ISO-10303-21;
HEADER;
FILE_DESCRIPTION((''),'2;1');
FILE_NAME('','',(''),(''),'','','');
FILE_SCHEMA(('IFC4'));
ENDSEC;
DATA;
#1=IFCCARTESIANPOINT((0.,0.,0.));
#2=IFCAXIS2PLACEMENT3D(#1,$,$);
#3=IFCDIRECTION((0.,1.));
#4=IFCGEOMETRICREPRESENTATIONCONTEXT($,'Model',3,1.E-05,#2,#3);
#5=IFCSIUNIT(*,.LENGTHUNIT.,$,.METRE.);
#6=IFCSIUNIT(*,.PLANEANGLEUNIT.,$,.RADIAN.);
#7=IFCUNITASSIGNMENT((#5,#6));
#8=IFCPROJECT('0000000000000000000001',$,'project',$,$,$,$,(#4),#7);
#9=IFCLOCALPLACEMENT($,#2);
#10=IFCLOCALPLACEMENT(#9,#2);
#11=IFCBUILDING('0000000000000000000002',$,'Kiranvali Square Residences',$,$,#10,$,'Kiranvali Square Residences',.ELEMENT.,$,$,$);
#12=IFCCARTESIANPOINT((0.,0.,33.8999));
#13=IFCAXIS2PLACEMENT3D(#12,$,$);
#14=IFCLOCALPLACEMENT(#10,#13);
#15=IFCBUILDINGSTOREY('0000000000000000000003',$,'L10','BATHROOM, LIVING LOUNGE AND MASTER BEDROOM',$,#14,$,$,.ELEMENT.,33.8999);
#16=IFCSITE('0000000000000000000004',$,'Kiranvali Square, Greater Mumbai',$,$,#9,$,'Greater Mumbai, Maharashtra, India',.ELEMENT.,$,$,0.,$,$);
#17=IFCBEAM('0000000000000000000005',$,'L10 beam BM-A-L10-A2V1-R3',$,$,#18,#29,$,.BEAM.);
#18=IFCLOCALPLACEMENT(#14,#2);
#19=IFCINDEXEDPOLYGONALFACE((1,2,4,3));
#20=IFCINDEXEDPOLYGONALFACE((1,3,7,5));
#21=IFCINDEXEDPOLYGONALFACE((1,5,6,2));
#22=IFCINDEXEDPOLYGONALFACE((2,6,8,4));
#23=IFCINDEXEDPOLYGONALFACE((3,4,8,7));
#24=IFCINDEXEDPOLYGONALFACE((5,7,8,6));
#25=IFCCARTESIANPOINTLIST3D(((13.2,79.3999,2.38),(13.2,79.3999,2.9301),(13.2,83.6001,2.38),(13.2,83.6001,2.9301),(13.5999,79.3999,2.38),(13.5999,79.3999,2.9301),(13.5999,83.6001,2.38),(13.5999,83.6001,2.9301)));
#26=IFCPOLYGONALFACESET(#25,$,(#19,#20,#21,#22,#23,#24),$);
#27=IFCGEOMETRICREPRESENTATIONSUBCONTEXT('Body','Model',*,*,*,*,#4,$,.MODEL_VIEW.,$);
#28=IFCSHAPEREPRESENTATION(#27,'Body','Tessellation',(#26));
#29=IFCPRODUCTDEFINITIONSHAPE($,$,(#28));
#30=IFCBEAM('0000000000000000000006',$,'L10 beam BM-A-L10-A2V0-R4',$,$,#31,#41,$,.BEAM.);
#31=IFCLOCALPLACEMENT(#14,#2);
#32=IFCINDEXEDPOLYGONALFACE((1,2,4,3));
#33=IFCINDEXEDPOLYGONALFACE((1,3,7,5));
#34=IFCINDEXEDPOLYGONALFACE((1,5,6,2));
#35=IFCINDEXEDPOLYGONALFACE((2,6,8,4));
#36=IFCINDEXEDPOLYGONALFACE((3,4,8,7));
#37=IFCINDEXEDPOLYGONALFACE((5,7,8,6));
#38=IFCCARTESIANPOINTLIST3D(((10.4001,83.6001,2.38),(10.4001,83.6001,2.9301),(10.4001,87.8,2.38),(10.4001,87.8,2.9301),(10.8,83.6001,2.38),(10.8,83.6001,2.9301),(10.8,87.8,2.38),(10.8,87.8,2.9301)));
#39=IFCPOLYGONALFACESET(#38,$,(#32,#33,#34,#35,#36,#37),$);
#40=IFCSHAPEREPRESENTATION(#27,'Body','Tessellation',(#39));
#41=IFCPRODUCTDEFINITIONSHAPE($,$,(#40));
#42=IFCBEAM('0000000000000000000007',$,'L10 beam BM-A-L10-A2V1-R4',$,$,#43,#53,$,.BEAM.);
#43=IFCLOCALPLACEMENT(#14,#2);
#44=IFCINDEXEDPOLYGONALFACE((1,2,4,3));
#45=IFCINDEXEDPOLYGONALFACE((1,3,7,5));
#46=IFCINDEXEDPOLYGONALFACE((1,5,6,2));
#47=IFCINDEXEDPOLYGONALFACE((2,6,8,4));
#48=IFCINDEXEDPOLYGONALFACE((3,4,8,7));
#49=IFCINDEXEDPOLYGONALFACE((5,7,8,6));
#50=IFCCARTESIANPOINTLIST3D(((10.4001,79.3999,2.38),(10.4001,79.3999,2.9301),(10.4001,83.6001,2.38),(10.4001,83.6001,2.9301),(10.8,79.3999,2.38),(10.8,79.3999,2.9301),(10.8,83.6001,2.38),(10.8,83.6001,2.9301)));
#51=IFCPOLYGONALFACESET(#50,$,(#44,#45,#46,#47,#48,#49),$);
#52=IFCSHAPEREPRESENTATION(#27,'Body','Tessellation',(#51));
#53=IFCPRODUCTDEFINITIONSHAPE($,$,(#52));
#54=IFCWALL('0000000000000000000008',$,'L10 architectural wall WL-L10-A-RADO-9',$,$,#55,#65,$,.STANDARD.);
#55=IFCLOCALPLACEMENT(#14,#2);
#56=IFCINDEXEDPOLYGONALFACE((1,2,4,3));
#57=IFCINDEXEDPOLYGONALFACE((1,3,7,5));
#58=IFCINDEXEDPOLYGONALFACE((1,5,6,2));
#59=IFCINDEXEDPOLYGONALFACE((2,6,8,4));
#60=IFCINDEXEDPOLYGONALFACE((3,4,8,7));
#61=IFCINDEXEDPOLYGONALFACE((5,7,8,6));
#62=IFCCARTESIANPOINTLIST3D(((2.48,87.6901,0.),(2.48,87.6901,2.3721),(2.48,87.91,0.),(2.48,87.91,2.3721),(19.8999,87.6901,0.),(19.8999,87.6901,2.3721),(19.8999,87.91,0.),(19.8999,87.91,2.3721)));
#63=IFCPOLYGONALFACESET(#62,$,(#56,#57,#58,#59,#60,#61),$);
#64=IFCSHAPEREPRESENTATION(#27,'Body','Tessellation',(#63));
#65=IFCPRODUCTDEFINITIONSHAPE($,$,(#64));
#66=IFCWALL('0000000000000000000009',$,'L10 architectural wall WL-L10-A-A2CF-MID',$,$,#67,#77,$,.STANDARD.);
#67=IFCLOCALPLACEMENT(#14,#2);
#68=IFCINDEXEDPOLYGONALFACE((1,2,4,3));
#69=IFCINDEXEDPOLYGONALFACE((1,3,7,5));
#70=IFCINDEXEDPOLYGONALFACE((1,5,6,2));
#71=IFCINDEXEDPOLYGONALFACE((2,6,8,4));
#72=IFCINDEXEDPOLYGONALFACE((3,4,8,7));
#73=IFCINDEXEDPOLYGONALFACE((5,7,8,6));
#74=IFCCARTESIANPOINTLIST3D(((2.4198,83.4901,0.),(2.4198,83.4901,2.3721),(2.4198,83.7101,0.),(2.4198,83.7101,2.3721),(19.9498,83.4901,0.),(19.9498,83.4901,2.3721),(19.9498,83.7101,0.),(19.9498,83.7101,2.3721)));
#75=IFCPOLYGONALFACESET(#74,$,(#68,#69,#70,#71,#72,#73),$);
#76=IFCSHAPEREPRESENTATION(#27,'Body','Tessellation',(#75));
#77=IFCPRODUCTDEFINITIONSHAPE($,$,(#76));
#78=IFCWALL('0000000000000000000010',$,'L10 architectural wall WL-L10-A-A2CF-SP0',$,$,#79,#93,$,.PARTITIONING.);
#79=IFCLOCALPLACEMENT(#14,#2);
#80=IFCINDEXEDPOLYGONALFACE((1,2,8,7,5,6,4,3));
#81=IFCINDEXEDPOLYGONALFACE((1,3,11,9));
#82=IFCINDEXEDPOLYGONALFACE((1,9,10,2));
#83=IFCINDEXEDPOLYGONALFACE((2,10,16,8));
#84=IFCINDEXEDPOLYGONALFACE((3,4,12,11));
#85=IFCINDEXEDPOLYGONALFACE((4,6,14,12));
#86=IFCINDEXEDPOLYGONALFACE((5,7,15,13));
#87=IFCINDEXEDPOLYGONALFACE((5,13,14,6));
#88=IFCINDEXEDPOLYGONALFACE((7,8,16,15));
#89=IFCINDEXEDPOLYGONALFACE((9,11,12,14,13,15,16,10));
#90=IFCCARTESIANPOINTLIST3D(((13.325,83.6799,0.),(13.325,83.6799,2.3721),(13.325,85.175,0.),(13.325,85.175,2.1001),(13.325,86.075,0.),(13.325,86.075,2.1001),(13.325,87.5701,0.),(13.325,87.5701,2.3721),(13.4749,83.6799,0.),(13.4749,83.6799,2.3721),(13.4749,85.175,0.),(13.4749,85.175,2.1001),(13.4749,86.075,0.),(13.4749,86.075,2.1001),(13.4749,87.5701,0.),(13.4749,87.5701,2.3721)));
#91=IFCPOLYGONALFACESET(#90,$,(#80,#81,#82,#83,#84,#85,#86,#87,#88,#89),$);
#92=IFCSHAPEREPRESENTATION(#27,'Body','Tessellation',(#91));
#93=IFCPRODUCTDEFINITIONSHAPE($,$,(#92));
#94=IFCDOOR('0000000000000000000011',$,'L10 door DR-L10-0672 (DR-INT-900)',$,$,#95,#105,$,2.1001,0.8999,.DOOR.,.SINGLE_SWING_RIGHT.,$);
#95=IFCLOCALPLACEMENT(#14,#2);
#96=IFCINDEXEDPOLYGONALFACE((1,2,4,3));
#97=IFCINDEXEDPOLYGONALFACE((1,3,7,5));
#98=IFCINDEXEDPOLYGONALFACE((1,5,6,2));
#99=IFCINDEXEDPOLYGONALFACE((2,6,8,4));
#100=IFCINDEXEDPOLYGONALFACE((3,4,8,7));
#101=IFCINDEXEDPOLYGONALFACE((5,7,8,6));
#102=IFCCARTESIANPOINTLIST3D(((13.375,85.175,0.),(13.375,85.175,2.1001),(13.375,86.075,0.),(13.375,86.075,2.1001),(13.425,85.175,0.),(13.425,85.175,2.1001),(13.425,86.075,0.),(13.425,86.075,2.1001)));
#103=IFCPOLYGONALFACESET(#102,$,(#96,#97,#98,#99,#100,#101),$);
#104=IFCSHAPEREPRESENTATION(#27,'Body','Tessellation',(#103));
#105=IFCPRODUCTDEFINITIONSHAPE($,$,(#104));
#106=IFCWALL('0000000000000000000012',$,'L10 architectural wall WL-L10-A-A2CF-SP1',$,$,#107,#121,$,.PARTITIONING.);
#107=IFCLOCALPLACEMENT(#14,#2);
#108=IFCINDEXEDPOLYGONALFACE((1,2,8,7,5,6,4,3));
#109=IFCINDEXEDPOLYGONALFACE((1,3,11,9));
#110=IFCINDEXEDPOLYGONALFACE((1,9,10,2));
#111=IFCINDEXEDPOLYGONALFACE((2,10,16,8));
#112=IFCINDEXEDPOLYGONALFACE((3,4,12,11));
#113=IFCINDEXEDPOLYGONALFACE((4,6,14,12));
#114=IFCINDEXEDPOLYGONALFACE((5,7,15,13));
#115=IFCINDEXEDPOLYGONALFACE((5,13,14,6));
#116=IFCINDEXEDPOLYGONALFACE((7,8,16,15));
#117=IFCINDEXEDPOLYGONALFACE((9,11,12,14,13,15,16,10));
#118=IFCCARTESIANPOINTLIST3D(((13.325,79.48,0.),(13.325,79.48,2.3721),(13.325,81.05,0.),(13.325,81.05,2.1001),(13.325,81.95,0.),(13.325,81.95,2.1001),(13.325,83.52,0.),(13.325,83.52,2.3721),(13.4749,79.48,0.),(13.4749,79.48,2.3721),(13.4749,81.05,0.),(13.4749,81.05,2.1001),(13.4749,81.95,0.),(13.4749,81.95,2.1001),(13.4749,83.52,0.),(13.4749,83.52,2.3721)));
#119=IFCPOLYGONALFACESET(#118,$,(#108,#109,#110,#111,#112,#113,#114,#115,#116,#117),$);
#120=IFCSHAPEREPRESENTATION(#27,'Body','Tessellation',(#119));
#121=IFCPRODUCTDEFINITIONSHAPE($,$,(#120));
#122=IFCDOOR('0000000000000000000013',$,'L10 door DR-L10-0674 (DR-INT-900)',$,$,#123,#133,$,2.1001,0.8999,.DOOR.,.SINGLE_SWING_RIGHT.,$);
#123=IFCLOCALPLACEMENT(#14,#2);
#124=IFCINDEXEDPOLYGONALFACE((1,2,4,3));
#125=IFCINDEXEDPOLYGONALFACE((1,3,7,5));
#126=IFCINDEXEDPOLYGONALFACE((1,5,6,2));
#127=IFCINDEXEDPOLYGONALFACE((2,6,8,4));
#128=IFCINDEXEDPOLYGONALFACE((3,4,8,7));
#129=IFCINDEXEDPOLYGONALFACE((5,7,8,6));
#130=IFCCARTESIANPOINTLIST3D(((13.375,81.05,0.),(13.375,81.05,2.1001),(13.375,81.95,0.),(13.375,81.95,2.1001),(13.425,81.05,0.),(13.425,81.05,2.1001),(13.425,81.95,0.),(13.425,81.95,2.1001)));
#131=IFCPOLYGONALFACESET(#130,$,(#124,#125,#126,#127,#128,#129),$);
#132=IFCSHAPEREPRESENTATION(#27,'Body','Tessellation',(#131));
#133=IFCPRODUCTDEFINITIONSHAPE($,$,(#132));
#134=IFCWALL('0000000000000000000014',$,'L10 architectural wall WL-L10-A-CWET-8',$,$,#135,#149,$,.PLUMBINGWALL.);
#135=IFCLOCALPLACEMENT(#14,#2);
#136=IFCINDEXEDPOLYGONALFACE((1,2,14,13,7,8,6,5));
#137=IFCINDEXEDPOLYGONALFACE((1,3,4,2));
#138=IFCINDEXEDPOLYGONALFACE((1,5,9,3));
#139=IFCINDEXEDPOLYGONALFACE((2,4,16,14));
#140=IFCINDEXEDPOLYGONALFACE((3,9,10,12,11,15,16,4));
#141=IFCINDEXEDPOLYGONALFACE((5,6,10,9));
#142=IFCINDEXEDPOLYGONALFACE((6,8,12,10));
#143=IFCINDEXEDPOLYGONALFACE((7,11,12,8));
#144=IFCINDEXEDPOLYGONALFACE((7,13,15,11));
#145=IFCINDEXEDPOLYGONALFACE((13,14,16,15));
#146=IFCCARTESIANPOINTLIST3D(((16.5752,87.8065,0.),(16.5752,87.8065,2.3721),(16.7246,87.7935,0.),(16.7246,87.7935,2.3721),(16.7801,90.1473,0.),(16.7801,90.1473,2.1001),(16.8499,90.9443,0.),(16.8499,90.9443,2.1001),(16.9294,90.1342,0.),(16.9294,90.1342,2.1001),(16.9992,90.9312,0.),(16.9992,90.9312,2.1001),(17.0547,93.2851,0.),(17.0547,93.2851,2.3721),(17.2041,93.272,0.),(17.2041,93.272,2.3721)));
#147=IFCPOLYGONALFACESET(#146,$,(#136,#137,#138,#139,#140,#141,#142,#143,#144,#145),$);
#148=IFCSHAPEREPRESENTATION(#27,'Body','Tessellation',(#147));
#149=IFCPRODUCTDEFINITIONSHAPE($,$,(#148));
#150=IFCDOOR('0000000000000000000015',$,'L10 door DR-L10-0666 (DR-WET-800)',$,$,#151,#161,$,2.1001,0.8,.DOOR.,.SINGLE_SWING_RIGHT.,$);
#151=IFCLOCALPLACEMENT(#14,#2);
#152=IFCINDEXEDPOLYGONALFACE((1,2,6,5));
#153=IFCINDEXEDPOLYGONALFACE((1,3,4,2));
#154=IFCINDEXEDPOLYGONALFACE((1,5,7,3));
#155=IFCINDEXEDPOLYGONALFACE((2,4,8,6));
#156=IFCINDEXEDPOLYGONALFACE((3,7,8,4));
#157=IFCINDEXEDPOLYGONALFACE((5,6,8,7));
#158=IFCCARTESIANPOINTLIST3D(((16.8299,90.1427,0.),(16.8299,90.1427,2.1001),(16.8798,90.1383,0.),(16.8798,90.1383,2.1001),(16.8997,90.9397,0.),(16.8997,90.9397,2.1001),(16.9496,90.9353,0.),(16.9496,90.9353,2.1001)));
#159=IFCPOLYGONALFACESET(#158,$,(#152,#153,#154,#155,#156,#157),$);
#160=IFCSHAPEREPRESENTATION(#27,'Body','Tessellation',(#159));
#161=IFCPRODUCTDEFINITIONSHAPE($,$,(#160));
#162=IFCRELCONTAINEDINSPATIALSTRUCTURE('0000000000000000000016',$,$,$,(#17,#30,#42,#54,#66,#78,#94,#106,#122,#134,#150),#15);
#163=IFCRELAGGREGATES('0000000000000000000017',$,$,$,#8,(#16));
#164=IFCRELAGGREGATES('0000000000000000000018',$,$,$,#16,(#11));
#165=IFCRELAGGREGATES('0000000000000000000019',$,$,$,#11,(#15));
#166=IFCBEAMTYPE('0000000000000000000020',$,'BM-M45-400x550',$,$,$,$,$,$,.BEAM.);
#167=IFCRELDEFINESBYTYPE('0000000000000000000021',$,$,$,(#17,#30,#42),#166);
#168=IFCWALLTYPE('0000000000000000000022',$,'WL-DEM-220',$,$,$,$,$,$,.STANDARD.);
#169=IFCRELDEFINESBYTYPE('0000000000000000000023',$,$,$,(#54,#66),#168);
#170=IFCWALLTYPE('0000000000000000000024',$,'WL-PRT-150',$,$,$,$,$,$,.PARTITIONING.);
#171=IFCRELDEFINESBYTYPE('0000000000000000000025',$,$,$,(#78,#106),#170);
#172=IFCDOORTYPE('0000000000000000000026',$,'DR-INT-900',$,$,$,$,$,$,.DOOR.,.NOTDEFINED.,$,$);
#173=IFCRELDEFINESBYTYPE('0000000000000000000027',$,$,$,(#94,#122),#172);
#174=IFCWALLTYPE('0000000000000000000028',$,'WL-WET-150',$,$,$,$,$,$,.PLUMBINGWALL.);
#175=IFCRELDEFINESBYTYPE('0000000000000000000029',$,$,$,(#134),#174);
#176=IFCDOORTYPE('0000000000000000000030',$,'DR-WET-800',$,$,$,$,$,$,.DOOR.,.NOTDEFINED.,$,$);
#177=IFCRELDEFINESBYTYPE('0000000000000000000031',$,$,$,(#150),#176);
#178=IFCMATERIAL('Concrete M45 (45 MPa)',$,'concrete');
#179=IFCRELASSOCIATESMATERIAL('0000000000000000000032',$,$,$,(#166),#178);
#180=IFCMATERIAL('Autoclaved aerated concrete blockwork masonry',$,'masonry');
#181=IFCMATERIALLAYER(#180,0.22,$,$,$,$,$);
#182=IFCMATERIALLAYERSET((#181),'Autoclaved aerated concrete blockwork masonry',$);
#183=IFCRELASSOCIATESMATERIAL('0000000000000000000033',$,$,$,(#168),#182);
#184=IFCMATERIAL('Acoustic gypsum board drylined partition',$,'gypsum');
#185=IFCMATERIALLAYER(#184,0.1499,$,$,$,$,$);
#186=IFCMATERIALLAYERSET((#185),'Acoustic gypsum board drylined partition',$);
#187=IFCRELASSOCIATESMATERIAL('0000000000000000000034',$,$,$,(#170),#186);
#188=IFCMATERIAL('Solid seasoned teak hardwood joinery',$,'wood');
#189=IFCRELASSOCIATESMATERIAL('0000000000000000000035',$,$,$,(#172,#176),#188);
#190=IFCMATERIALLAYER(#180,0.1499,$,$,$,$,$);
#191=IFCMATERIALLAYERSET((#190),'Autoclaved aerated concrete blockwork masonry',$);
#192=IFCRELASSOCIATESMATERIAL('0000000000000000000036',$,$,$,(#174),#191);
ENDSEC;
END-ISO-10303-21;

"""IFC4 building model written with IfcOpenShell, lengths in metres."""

from ifc_helpers import new_model, si_unit, direction, frame, frame_2d, origin, origin_2d, place, context, subcontext, project, spatial, rectangle, extrude, material, layer, layer_set, material_profile, profile_set, type_object, element, fill, save


model = new_model("IFC4")

# Units and contexts
model_context = context("Model", 3, precision=1e-05, world=origin(), true_north=direction((0.0, 1.0)))
body_context = subcontext(model_context, "Body", "Model", "MODEL_VIEW")
ifc_project = project(units=[si_unit("LENGTHUNIT", "METRE"), si_unit("PLANEANGLEUNIT", "RADIAN")], contexts=[model_context])

# Site, building, storey
site_placement = place(None, origin())
site = spatial("IfcSite", under=ifc_project, at=site_placement, Name="Kiranvali Square, Greater Mumbai", LongName="Greater Mumbai, Maharashtra, India", CompositionType="ELEMENT", RefElevation=0.0)
building_placement = place(site_placement, origin())
building = spatial("IfcBuilding", under=site, at=building_placement, Name="Kiranvali Square Residences", LongName="Kiranvali Square Residences", CompositionType="ELEMENT")
storey_placement = place(building_placement, frame((0.0, 0.0, 33.8999)))
storey = spatial("IfcBuildingStorey", under=building, at=storey_placement, Name="L10", Description="BATHROOM, LIVING LOUNGE AND MASTER BEDROOM", CompositionType="ELEMENT", Elevation=33.8999)

# Beams
ifc_material_1 = material(Name="Concrete M45 (45 MPa)", Category="concrete")
ifc_material_profile_1 = material_profile(ifc_material_1, rectangle(XDim=0.3999, YDim=0.55, at=origin_2d()), Name="RC 400x550")
ifc_profile_set_1 = profile_set([ifc_material_profile_1], Name="Concrete M45 (45 MPa)")
beam_type_1 = type_object("IfcBeamType", Name="BM-M45-400x550", PredefinedType="BEAM", material=ifc_profile_set_1)
beam_1_placement = place(storey_placement, frame((13.3999, 83.6001, 2.655), z_axis=(0.0, -1.0, 0.0), x_axis=(1.0, 0.0, 0.0)))
element("IfcBeam", 1, at=beam_1_placement, inside=storey, type_object=beam_type_1, Name="L10 beam BM-A-L10-A2V1-R3", PredefinedType="BEAM", context=body_context, shape_type="SweptSolid", body=[
    extrude(rectangle(XDim=0.3999, YDim=0.55, at=origin_2d()), origin(), (0.0, 0.0, 1.0), 4.2002),
])
beam_2_placement = place(storey_placement, frame((10.6001, 87.8, 2.655), z_axis=(0.0, -1.0, 0.0), x_axis=(1.0, 0.0, 0.0)))
element("IfcBeam", 2, at=beam_2_placement, inside=storey, type_object=beam_type_1, Name="L10 beam BM-A-L10-A2V0-R4", PredefinedType="BEAM", context=body_context, shape_type="SweptSolid", body=[
    extrude(rectangle(XDim=0.3999, YDim=0.55, at=origin_2d()), origin(), (0.0, 0.0, 1.0), 4.2),
])
beam_3_placement = place(storey_placement, frame((10.6001, 83.6001, 2.655), z_axis=(0.0, -1.0, 0.0), x_axis=(1.0, 0.0, 0.0)))
element("IfcBeam", 3, at=beam_3_placement, inside=storey, type_object=beam_type_1, Name="L10 beam BM-A-L10-A2V1-R4", PredefinedType="BEAM", context=body_context, shape_type="SweptSolid", body=[
    extrude(rectangle(XDim=0.3999, YDim=0.55, at=origin_2d()), origin(), (0.0, 0.0, 1.0), 4.2002),
])

# Walls
ifc_material_2 = material(Name="Autoclaved aerated concrete blockwork masonry", Category="masonry")
ifc_layer_1 = layer(ifc_material_2, 0.22)
ifc_layer_set_1 = layer_set([ifc_layer_1], Name="Autoclaved aerated concrete blockwork masonry")
wall_type_1 = type_object("IfcWallType", Name="WL-DEM-220", PredefinedType="STANDARD", material=ifc_layer_set_1)
wall_1_placement = place(storey_placement, frame((19.8999, 87.8, 0.0), z_axis=(0.0, 0.0, 1.0), x_axis=(-1.0, 0.0, 0.0)))
element("IfcWall", 4, at=wall_1_placement, inside=storey, type_object=wall_type_1, Name="L10 architectural wall WL-L10-A-RADO-9", PredefinedType="STANDARD", context=body_context, shape_type="SweptSolid", body=[
    extrude(rectangle(XDim=17.4199, YDim=0.22, at=frame_2d((8.71, 0.0))), origin(), (0.0, 0.0, 1.0), 2.3721),
])
wall_2_placement = place(storey_placement, frame((19.95, 83.6001, 0.0), z_axis=(0.0, 0.0, 1.0), x_axis=(-1.0, 0.0, 0.0)))
element("IfcWall", 5, at=wall_2_placement, inside=storey, type_object=wall_type_1, Name="L10 architectural wall WL-L10-A-A2CF-MID", PredefinedType="STANDARD", context=body_context, shape_type="SweptSolid", body=[
    extrude(rectangle(XDim=17.53, YDim=0.22, at=frame_2d((8.7651, 0.0))), origin(), (0.0, 0.0, 1.0), 2.3721),
])

# Walls, openings, doors
ifc_material_3 = material(Name="Acoustic gypsum board drylined partition", Category="gypsum")
ifc_layer_2 = layer(ifc_material_3, 0.1499)
ifc_layer_set_2 = layer_set([ifc_layer_2], Name="Acoustic gypsum board drylined partition")
wall_type_2 = type_object("IfcWallType", Name="WL-PRT-150", PredefinedType="PARTITIONING", material=ifc_layer_set_2)
wall_3_placement = place(storey_placement, frame((13.3999, 87.5701, 0.0), z_axis=(0.0, 0.0, 1.0), x_axis=(0.0, -1.0, 0.0)))
wall_3 = element("IfcWall", 6, at=wall_3_placement, inside=storey, type_object=wall_type_2, Name="L10 architectural wall WL-L10-A-A2CF-SP0", PredefinedType="PARTITIONING", context=body_context, shape_type="SweptSolid", body=[
    extrude(rectangle(XDim=3.8901, YDim=0.1499, at=frame_2d((1.9451, 0.0))), origin(), (0.0, 0.0, 1.0), 2.3721),
])
opening_1_placement = place(wall_3_placement, frame((1.4951, 0.0, 0.0)))
opening_1 = element("IfcOpeningElement", 7, at=opening_1_placement, cuts=wall_3, PredefinedType="OPENING", context=body_context, shape_type="SweptSolid", body=[
    extrude(rectangle(XDim=0.8999, YDim=2.1001, at=frame_2d((0.45, 1.05))), frame((0.0, 0.085, 0.0), z_axis=(0.0, -1.0, 0.0), x_axis=(1.0, 0.0, 0.0)), (0.0, 0.0, 1.0), 0.1699),
])
ifc_material_4 = material(Name="Solid seasoned teak hardwood joinery", Category="wood")
door_type_1 = type_object("IfcDoorType", Name="DR-INT-900", OperationType="NOTDEFINED", PredefinedType="DOOR", material=ifc_material_4)
door_1_placement = place(opening_1_placement, frame((0.8999, 0.0, 0.0), z_axis=(0.0, 0.0, 1.0), x_axis=(-1.0, 0.0, 0.0)))
door_1 = element("IfcDoor", 8, at=door_1_placement, inside=storey, type_object=door_type_1, Name="L10 door DR-L10-0672 (DR-INT-900)", OperationType="SINGLE_SWING_RIGHT", OverallHeight=2.1001, OverallWidth=0.8999, PredefinedType="DOOR", context=body_context, shape_type="SweptSolid", body=[
    extrude(rectangle(XDim=0.8999, YDim=2.1001, at=frame_2d((0.45, 1.05))), frame((0.0, 0.0249, 0.0), z_axis=(0.0, -1.0, 0.0), x_axis=(1.0, 0.0, 0.0)), (0.0, 0.0, 1.0), 0.05),
])
fill(opening_1, door_1)
wall_4_placement = place(storey_placement, frame((13.3999, 83.52, 0.0), z_axis=(0.0, 0.0, 1.0), x_axis=(0.0, -1.0, 0.0)))
wall_4 = element("IfcWall", 9, at=wall_4_placement, inside=storey, type_object=wall_type_2, Name="L10 architectural wall WL-L10-A-A2CF-SP1", PredefinedType="PARTITIONING", context=body_context, shape_type="SweptSolid", body=[
    extrude(rectangle(XDim=4.04, YDim=0.1499, at=frame_2d((2.02, 0.0))), origin(), (0.0, 0.0, 1.0), 2.3721),
])
opening_2_placement = place(wall_4_placement, frame((1.5701, 0.0, 0.0)))
opening_2 = element("IfcOpeningElement", 10, at=opening_2_placement, cuts=wall_4, PredefinedType="OPENING", context=body_context, shape_type="SweptSolid", body=[
    extrude(rectangle(XDim=0.8999, YDim=2.1001, at=frame_2d((0.45, 1.05))), frame((0.0, 0.085, 0.0), z_axis=(0.0, -1.0, 0.0), x_axis=(1.0, 0.0, 0.0)), (0.0, 0.0, 1.0), 0.1699),
])
door_2_placement = place(opening_2_placement, frame((0.8999, 0.0, 0.0), z_axis=(0.0, 0.0, 1.0), x_axis=(-1.0, 0.0, 0.0)))
door_2 = element("IfcDoor", 11, at=door_2_placement, inside=storey, type_object=door_type_1, Name="L10 door DR-L10-0674 (DR-INT-900)", OperationType="SINGLE_SWING_RIGHT", OverallHeight=2.1001, OverallWidth=0.8999, PredefinedType="DOOR", context=body_context, shape_type="SweptSolid", body=[
    extrude(rectangle(XDim=0.8999, YDim=2.1001, at=frame_2d((0.45, 1.05))), frame((0.0, 0.0249, 0.0), z_axis=(0.0, -1.0, 0.0), x_axis=(1.0, 0.0, 0.0)), (0.0, 0.0, 1.0), 0.05),
])
fill(opening_2, door_2)
ifc_layer_3 = layer(ifc_material_2, 0.1499)
ifc_layer_set_3 = layer_set([ifc_layer_3], Name="Autoclaved aerated concrete blockwork masonry")
wall_type_3 = type_object("IfcWallType", Name="WL-WET-150", PredefinedType="PLUMBINGWALL", material=ifc_layer_set_3)
wall_5_placement = place(storey_placement, frame((17.1294, 93.2786, 0.0), z_axis=(0.0, 0.0, 1.0), x_axis=(-0.087189, -0.996192, 0.0)))
wall_5 = element("IfcWall", 12, at=wall_5_placement, inside=storey, type_object=wall_type_3, Name="L10 architectural wall WL-L10-A-CWET-8", PredefinedType="PLUMBINGWALL", context=body_context, shape_type="SweptSolid", body=[
    extrude(rectangle(XDim=5.4995, YDim=0.1499, at=frame_2d((2.7498, 0.0))), origin(), (0.0, 0.0, 1.0), 2.3721),
])
opening_3_placement = place(wall_5_placement, frame((2.3499, 0.0, 0.0)))
opening_3 = element("IfcOpeningElement", 13, at=opening_3_placement, cuts=wall_5, PredefinedType="OPENING", context=body_context, shape_type="SweptSolid", body=[
    extrude(rectangle(XDim=0.8, YDim=2.1001, at=frame_2d((0.3999, 1.05))), frame((0.0, 0.085, 0.0), z_axis=(0.0, -1.0, 0.0), x_axis=(1.0, 0.0, 0.0)), (0.0, 0.0, 1.0), 0.1699),
])
door_type_2 = type_object("IfcDoorType", Name="DR-WET-800", OperationType="NOTDEFINED", PredefinedType="DOOR", material=ifc_material_4)
door_3_placement = place(opening_3_placement, frame((0.8, 0.0, 0.0), z_axis=(0.0, 0.0, 1.0), x_axis=(-1.0, 0.0, 0.0)))
door_3 = element("IfcDoor", 14, at=door_3_placement, inside=storey, type_object=door_type_2, Name="L10 door DR-L10-0666 (DR-WET-800)", OperationType="SINGLE_SWING_RIGHT", OverallHeight=2.1001, OverallWidth=0.8, PredefinedType="DOOR", context=body_context, shape_type="SweptSolid", body=[
    extrude(rectangle(XDim=0.8, YDim=2.1001, at=frame_2d((0.3999, 1.05))), frame((0.0, 0.0249, 0.0), z_axis=(0.0, -1.0, 0.0), x_axis=(1.0, 0.0, 0.0)), (0.0, 0.0, 1.0), 0.05),
])
fill(opening_3, door_3)

save(model, "model.ifc")
